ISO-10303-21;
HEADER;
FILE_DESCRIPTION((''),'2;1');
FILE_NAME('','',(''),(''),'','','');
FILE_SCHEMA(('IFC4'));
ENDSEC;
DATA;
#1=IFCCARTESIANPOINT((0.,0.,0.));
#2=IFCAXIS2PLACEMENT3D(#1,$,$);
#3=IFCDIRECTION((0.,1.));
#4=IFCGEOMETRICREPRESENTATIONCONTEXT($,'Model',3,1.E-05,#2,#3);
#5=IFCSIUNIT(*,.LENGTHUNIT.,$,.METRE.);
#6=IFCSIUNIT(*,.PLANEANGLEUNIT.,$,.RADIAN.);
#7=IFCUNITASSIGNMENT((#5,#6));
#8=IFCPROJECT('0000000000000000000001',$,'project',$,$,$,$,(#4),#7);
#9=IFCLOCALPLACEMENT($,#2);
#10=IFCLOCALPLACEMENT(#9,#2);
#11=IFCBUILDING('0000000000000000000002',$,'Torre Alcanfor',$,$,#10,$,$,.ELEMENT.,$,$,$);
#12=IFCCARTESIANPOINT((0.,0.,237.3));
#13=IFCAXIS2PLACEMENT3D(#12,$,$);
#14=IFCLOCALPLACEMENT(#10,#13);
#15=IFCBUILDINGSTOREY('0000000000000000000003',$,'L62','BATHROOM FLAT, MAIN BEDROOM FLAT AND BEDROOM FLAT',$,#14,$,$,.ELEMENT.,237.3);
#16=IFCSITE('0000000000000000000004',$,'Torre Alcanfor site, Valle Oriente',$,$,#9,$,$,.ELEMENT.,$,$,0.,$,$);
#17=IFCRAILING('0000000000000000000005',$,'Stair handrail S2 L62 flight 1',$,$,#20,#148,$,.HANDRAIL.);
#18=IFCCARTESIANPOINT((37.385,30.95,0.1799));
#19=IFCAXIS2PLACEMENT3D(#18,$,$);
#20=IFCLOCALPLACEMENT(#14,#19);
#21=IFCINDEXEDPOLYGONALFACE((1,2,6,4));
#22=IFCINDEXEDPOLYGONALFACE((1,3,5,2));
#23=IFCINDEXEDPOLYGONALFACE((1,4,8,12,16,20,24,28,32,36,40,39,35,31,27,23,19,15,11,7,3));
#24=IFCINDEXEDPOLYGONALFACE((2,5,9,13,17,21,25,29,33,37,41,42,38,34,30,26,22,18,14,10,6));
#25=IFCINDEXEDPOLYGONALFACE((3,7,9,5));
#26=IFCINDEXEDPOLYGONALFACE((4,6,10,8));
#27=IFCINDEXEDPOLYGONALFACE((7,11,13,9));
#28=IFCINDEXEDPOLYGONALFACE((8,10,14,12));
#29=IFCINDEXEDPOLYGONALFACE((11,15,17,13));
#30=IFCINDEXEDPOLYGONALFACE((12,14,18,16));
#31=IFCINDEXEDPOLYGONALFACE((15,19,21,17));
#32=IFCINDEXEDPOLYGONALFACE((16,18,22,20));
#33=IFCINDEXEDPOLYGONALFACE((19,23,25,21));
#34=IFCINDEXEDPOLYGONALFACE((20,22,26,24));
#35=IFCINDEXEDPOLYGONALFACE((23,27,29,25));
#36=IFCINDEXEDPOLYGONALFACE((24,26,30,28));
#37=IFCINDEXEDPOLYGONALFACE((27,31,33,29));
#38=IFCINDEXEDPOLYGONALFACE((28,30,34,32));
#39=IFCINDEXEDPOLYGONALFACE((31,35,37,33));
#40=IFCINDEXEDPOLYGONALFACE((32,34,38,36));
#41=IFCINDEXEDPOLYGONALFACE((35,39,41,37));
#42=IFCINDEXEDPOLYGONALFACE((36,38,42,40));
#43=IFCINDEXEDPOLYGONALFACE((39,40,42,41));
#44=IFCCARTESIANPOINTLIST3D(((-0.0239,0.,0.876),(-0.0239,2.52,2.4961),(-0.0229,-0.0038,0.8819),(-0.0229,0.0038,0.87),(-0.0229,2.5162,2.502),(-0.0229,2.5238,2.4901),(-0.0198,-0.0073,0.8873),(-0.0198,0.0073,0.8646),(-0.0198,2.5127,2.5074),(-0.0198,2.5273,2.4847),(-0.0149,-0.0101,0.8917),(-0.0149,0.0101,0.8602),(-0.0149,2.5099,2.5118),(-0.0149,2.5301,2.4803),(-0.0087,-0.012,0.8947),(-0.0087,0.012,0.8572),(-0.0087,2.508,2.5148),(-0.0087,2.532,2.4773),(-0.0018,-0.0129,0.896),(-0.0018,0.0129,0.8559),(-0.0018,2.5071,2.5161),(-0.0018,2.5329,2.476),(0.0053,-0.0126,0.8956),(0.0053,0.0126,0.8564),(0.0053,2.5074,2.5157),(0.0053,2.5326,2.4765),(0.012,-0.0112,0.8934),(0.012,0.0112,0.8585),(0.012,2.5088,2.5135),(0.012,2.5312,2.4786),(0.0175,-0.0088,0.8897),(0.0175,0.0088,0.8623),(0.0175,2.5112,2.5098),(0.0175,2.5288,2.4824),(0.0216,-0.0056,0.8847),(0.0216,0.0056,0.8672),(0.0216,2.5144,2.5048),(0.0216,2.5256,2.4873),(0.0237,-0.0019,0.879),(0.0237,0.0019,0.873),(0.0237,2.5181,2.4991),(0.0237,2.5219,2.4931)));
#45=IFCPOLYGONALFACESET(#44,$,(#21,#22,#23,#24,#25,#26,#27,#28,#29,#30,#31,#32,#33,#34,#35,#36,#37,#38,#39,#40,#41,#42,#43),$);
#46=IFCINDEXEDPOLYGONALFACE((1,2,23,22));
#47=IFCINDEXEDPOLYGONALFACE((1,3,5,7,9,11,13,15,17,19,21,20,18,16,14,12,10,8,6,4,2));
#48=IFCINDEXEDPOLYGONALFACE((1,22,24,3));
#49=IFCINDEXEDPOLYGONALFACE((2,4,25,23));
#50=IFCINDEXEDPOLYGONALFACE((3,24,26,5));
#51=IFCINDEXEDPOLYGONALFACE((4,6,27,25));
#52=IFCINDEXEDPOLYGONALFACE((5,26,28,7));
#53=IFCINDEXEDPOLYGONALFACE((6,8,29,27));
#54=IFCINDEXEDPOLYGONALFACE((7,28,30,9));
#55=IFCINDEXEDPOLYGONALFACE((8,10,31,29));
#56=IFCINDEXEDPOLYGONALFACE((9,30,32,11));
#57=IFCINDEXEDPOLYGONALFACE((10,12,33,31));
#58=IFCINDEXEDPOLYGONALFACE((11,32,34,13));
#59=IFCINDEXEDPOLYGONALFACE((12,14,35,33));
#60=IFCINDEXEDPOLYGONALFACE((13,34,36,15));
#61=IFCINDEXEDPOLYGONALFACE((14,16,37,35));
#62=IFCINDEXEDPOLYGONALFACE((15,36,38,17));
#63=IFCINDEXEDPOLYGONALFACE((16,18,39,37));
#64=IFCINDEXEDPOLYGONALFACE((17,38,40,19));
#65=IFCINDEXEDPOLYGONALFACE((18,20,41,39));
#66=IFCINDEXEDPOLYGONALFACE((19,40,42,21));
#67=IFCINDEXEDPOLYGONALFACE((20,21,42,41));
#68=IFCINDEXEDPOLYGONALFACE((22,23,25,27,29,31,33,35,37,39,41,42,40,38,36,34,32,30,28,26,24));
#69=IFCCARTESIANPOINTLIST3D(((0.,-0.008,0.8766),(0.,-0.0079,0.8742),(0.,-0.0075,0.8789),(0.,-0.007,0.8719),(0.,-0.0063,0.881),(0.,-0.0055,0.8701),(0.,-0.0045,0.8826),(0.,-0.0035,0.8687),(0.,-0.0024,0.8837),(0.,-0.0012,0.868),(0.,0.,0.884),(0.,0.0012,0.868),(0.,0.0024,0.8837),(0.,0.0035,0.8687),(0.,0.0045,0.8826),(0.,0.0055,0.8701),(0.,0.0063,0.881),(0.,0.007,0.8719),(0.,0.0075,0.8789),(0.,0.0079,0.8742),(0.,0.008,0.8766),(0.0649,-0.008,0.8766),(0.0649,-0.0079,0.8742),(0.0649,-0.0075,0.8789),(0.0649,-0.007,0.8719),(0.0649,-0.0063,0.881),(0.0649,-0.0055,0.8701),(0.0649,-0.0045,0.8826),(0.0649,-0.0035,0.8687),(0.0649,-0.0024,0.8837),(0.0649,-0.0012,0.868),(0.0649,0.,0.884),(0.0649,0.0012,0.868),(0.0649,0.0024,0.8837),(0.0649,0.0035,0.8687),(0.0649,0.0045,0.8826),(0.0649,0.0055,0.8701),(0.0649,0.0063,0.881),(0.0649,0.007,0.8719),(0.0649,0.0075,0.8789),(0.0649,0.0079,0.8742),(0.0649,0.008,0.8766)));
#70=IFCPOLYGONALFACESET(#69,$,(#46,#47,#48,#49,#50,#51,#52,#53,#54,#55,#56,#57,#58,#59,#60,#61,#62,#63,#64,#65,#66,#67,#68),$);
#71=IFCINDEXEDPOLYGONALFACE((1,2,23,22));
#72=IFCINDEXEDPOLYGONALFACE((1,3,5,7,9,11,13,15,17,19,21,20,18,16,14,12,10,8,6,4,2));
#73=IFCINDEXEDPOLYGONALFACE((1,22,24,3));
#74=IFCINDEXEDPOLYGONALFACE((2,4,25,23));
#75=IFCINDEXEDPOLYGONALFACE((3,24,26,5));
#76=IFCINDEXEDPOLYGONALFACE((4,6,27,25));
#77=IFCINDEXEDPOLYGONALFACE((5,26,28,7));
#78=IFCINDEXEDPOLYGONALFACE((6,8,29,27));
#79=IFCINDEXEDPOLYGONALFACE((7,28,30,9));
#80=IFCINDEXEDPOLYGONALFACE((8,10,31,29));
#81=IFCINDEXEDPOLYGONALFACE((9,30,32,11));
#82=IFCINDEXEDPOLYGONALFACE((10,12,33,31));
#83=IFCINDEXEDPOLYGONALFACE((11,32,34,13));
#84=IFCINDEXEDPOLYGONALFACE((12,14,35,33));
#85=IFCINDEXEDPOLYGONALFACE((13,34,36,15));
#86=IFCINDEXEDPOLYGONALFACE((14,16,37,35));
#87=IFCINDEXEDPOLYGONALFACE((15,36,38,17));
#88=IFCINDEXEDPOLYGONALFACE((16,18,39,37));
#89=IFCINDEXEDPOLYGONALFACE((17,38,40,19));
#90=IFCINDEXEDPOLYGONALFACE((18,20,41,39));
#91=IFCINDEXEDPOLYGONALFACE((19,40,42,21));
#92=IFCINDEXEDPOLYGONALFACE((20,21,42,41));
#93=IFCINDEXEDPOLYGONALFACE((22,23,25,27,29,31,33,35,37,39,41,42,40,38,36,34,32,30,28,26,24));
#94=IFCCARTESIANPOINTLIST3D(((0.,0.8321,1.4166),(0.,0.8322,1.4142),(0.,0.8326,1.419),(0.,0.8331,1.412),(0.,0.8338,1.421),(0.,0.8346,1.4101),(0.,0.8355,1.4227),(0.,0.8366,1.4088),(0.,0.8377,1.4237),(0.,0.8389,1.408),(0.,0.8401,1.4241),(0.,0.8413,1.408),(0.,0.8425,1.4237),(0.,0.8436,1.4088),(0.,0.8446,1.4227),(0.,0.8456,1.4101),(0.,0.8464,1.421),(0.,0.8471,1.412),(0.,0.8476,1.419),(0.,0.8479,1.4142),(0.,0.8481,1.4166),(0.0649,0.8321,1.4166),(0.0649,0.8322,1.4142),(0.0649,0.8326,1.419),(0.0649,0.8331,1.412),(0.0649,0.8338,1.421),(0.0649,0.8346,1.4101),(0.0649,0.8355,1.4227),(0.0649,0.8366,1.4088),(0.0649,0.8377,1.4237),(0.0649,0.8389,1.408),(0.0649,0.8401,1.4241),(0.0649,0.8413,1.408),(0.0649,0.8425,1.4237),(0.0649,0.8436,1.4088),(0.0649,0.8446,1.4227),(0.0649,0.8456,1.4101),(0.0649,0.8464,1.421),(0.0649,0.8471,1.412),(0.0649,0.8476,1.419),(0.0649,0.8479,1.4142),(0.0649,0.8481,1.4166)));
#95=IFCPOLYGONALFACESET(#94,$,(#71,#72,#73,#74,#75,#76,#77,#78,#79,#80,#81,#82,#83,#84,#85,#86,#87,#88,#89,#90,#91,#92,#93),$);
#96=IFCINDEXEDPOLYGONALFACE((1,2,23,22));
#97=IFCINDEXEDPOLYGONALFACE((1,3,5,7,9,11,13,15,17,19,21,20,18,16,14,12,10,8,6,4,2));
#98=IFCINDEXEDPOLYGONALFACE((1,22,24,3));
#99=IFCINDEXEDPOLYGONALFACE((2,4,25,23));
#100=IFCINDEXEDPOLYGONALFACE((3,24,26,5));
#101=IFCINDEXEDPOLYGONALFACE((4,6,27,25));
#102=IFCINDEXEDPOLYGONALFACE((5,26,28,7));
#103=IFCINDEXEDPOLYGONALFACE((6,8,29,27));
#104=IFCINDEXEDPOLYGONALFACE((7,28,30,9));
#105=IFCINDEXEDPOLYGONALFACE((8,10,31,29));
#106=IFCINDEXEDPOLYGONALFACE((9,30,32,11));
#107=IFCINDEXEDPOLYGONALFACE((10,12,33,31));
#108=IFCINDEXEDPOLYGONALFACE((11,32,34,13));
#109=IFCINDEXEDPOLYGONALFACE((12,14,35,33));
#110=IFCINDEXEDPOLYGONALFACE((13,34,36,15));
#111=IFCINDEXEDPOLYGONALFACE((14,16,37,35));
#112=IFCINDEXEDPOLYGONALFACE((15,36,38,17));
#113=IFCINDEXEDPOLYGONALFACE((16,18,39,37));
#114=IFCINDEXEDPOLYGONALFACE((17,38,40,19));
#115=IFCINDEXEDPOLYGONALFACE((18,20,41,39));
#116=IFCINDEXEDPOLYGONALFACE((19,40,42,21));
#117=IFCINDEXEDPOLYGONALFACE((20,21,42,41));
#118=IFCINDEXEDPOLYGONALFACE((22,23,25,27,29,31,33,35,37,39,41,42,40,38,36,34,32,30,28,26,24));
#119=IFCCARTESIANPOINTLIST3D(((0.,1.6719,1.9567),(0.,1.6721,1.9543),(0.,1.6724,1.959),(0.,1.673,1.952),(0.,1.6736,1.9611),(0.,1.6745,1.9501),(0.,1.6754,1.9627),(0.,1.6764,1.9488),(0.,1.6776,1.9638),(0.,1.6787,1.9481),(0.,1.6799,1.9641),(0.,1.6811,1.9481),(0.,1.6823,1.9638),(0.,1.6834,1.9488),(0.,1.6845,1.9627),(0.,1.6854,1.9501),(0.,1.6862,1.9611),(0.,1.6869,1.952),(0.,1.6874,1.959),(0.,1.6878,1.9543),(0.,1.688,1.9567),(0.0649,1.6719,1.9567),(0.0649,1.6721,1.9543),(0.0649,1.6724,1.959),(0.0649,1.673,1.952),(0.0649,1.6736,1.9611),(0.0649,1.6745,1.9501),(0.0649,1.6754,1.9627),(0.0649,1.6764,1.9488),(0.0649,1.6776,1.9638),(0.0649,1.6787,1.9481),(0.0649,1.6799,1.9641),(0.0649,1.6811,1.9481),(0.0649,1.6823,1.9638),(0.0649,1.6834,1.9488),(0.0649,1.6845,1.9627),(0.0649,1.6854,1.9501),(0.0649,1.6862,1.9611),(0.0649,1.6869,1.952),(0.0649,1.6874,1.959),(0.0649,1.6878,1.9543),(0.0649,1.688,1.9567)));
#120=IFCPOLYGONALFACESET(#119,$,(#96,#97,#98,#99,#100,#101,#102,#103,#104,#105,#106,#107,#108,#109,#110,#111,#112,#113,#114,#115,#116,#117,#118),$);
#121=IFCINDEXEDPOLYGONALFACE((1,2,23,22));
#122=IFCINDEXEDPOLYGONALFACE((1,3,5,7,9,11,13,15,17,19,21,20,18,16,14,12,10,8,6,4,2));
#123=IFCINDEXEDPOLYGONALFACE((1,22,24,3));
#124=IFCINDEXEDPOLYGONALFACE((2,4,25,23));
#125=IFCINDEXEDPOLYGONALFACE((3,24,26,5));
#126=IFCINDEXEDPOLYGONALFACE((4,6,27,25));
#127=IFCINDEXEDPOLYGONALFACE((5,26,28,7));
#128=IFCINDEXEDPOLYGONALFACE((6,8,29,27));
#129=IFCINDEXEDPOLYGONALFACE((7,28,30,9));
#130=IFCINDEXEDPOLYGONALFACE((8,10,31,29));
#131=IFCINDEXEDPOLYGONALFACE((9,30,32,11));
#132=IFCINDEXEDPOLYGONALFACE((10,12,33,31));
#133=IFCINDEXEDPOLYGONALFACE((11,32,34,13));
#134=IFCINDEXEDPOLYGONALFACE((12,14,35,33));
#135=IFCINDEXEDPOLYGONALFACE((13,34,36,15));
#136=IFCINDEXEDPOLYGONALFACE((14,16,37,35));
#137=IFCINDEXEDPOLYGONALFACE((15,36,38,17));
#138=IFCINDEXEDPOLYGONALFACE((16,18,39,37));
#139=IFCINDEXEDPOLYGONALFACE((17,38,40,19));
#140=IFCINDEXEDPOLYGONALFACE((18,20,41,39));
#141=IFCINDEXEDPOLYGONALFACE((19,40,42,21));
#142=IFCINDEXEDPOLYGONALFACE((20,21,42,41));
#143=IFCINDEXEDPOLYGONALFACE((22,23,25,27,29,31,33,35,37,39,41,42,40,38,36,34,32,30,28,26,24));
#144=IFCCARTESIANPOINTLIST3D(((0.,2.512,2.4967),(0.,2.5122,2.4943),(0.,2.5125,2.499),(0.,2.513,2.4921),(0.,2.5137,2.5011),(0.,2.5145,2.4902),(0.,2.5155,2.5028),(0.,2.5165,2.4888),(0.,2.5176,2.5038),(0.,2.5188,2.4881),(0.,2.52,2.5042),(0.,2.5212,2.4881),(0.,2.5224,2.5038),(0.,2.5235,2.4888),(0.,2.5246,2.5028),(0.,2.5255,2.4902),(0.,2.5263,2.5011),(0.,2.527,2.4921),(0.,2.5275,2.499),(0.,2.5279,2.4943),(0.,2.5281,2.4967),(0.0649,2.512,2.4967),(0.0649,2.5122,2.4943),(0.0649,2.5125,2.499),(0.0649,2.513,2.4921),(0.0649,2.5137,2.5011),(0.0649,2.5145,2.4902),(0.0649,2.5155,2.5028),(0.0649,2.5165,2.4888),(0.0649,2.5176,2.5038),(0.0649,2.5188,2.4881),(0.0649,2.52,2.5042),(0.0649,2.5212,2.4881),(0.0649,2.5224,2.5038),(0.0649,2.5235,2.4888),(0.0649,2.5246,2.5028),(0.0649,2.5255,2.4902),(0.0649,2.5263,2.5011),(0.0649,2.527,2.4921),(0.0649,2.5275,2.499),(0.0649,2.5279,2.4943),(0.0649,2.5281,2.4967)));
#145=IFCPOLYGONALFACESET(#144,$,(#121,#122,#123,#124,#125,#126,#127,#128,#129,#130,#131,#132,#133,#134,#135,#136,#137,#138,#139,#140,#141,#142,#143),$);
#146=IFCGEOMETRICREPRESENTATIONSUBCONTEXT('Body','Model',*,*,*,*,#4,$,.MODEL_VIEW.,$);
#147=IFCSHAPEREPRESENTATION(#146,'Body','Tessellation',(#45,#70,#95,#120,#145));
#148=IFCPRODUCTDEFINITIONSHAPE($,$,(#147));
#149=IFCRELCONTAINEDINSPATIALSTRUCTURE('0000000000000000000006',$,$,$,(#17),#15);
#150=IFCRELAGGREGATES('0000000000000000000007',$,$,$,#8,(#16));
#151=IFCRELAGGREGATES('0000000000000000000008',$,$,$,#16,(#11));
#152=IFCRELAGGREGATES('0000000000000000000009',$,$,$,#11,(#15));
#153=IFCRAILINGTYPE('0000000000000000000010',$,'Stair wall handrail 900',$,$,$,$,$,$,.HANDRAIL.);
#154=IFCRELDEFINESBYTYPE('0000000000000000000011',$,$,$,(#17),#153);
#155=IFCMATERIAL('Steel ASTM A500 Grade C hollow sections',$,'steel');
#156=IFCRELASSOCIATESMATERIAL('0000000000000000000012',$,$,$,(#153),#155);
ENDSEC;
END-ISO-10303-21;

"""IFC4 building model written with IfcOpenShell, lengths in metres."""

from ifc_helpers import new_model, si_unit, direction, frame, origin, origin_2d, place, context, subcontext, project, spatial, circle, extrude, material, type_object, element, save


model = new_model("IFC4")

# Units and contexts
model_context = context("Model", 3, precision=1e-05, world=origin(), true_north=direction((0.0, 1.0)))
body_context = subcontext(model_context, "Body", "Model", "MODEL_VIEW")
ifc_project = project(units=[si_unit("LENGTHUNIT", "METRE"), si_unit("PLANEANGLEUNIT", "RADIAN")], contexts=[model_context])

# Site, building, storey
site_placement = place(None, origin())
site = spatial("IfcSite", under=ifc_project, at=site_placement, Name="Torre Alcanfor site, Valle Oriente", CompositionType="ELEMENT", RefElevation=0.0)
building_placement = place(site_placement, origin())
building = spatial("IfcBuilding", under=site, at=building_placement, Name="Torre Alcanfor", CompositionType="ELEMENT")
storey_placement = place(building_placement, frame((0.0, 0.0, 237.3)))
storey = spatial("IfcBuildingStorey", under=building, at=storey_placement, Name="L62", Description="BATHROOM FLAT, MAIN BEDROOM FLAT AND BEDROOM FLAT", CompositionType="ELEMENT", Elevation=237.3)

# Railing
ifc_material_1 = material(Name="Steel ASTM A500 Grade C hollow sections", Category="steel")
railing_type_1 = type_object("IfcRailingType", Name="Stair wall handrail 900", PredefinedType="HANDRAIL", material=ifc_material_1)
railing_1_placement = place(storey_placement, frame((37.385, 30.95, 0.1799)))
element("IfcRailing", 1, at=railing_1_placement, inside=storey, type_object=railing_type_1, Name="Stair handrail S2 L62 flight 1", PredefinedType="HANDRAIL", context=body_context, shape_type="SweptSolid", body=[
    extrude(circle(Radius=0.0239, at=origin_2d()), frame((0.0, 0.0, 0.876), z_axis=(0.0, 0.841163, 0.540782), x_axis=(-1.0, 0.0, 0.0)), (0.0, 0.0, 1.0), 2.9958),
    extrude(circle(Radius=0.0081, at=origin_2d()), frame((0.0, 0.0, 0.876), z_axis=(1.0, 0.0, 0.0), x_axis=(0.0, 0.0, 1.0)), (0.0, 0.0, 1.0), 0.0649),
    extrude(circle(Radius=0.0081, at=origin_2d()), frame((0.0, 0.8401, 1.416), z_axis=(1.0, 0.0, 0.0), x_axis=(0.0, 0.0, 1.0)), (0.0, 0.0, 1.0), 0.0649),
    extrude(circle(Radius=0.0081, at=origin_2d()), frame((0.0, 1.6799, 1.9561), z_axis=(1.0, 0.0, 0.0), x_axis=(0.0, 0.0, 1.0)), (0.0, 0.0, 1.0), 0.0649),
    extrude(circle(Radius=0.0081, at=origin_2d()), frame((0.0, 2.52, 2.4961), z_axis=(1.0, 0.0, 0.0), x_axis=(0.0, 0.0, 1.0)), (0.0, 0.0, 1.0), 0.0649),
])

save(model, "model.ifc")
